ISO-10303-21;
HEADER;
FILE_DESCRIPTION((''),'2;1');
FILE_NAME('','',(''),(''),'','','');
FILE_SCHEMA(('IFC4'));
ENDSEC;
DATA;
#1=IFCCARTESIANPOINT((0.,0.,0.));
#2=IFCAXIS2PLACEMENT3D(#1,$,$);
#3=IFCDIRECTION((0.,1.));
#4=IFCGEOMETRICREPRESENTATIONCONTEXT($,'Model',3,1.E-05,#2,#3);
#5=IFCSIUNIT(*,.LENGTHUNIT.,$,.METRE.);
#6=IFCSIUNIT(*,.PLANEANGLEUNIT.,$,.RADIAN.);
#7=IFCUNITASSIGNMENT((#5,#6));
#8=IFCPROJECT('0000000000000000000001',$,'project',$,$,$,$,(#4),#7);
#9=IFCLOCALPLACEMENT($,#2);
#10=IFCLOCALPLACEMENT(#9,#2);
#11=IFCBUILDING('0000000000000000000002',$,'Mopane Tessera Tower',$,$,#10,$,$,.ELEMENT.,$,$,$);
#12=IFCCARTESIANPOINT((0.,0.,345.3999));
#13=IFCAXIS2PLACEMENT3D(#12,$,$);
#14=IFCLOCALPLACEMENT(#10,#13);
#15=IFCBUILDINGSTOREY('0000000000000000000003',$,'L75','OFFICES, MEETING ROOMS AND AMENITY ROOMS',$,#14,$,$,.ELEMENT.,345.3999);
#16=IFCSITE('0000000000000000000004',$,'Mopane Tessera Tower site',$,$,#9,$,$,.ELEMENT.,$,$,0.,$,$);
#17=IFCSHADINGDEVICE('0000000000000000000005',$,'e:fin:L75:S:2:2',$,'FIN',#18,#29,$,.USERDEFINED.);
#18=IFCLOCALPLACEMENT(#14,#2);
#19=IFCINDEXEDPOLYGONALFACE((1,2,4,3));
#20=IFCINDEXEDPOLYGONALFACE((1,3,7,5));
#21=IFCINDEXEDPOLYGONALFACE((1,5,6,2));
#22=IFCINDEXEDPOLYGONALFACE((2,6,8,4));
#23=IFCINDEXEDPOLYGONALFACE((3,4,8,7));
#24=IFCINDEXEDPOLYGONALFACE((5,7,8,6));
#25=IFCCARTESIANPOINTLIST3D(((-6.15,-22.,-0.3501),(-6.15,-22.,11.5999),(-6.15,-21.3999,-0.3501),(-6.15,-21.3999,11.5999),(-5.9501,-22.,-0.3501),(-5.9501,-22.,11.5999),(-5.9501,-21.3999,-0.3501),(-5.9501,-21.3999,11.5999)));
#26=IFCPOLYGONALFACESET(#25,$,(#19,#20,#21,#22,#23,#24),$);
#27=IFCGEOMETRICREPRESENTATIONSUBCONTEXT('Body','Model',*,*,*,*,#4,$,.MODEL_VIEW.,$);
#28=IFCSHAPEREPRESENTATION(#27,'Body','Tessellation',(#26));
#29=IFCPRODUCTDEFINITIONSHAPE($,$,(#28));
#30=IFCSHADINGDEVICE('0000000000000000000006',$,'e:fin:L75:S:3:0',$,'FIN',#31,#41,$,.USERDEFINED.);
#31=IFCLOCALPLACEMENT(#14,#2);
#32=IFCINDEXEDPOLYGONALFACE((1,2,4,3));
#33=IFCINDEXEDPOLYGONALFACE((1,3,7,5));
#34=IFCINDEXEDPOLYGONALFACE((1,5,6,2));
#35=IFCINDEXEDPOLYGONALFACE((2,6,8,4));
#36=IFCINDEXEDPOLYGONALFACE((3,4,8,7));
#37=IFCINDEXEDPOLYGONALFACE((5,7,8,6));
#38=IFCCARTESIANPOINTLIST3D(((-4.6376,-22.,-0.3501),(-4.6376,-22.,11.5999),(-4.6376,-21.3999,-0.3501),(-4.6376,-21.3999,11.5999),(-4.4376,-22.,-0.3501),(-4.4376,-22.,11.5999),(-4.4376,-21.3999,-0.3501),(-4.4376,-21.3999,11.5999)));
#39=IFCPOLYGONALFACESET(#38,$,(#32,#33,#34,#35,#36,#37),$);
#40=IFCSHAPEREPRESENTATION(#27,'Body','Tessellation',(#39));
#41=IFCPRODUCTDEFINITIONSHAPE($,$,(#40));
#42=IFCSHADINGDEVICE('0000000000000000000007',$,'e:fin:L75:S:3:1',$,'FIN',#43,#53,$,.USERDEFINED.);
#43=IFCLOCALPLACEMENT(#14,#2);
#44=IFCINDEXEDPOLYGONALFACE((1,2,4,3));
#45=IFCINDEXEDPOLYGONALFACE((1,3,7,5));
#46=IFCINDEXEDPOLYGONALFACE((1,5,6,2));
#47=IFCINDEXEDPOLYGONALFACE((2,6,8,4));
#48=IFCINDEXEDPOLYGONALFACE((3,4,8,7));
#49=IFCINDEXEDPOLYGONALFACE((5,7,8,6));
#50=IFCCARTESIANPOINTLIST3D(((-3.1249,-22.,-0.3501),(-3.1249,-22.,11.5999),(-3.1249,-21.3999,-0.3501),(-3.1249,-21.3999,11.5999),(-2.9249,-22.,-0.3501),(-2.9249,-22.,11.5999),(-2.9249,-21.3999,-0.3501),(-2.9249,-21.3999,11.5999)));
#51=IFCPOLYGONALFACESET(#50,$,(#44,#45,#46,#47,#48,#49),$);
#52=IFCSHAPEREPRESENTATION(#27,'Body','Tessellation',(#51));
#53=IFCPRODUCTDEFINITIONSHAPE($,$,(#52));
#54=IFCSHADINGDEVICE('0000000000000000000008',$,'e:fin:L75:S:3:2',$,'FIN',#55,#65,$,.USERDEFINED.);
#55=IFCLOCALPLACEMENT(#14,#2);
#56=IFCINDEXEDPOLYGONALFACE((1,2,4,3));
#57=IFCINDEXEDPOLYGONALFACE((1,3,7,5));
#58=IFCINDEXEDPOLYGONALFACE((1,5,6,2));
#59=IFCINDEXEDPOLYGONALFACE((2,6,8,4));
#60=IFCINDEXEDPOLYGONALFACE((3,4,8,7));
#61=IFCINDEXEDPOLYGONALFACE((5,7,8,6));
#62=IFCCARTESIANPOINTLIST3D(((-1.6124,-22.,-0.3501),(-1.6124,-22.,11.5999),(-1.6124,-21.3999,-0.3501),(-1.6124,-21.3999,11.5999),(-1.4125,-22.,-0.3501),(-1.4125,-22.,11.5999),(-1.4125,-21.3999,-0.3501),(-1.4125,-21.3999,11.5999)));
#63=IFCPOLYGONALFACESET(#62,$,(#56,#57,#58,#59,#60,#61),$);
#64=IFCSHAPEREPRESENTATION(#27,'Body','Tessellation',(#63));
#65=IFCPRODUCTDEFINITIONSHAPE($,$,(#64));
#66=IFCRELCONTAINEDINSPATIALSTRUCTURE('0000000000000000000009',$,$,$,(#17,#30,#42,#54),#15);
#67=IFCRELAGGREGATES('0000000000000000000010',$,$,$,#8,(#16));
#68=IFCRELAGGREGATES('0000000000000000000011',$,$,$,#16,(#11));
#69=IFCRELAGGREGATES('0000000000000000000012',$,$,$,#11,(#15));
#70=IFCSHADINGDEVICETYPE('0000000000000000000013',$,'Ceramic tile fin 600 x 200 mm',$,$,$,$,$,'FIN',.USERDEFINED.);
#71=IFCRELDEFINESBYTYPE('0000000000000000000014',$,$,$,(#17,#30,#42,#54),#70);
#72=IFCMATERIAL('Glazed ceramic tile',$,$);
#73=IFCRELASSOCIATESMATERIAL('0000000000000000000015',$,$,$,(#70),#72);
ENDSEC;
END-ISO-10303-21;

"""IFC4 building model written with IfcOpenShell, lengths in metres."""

from ifc_helpers import new_model, si_unit, direction, frame, origin, origin_2d, place, context, subcontext, project, spatial, rectangle, extrude, material, type_object, element, save


model = new_model("IFC4")

# Units and contexts
model_context = context("Model", 3, precision=1e-05, world=origin(), true_north=direction((0.0, 1.0)))
body_context = subcontext(model_context, "Body", "Model", "MODEL_VIEW")
ifc_project = project(units=[si_unit("LENGTHUNIT", "METRE"), si_unit("PLANEANGLEUNIT", "RADIAN")], contexts=[model_context])

# Site, building, storey
site_placement = place(None, origin())
site = spatial("IfcSite", under=ifc_project, at=site_placement, Name="Mopane Tessera Tower site", CompositionType="ELEMENT", RefElevation=0.0)
building_placement = place(site_placement, origin())
building = spatial("IfcBuilding", under=site, at=building_placement, Name="Mopane Tessera Tower", CompositionType="ELEMENT")
storey_placement = place(building_placement, frame((0.0, 0.0, 345.3999)))
storey = spatial("IfcBuildingStorey", under=building, at=storey_placement, Name="L75", Description="OFFICES, MEETING ROOMS AND AMENITY ROOMS", CompositionType="ELEMENT", Elevation=345.3999)

# Shading devices
ifc_material_1 = material(Name="Glazed ceramic tile")
shading_device_type = type_object("IfcShadingDeviceType", Name="Ceramic tile fin 600 x 200 mm", ElementType="FIN", PredefinedType="USERDEFINED", material=ifc_material_1)
for number, where, z_axis, x_axis, name in (
    (1, (-6.05, -21.7, -0.3501), (0.0, 0.0, 1.0), (1.0, 0.0, 0.0), "e:fin:L75:S:2:2"),
    (2, (-4.5376, -21.7, -0.3501), (0.0, 0.0, 1.0), (1.0, 0.0, 0.0), "e:fin:L75:S:3:0"),
    (3, (-3.0249, -21.7, -0.3501), (0.0, 0.0, 1.0), (1.0, 0.0, 0.0), "e:fin:L75:S:3:1"),
    (4, (-1.5125, -21.7, -0.3501), (0.0, 0.0, 1.0), (1.0, 0.0, 0.0), "e:fin:L75:S:3:2"),
):
    element("IfcShadingDevice", number, at=place(storey_placement, frame(where, z_axis=z_axis, x_axis=x_axis)), inside=storey, type_object=shading_device_type, Name=name, ObjectType="FIN", PredefinedType="USERDEFINED", context=body_context, shape_type="SweptSolid", body=[
        extrude(rectangle(XDim=0.2, YDim=0.6001, at=origin_2d()), origin(), (0.0, 0.0, 1.0), 11.95),
    ])

save(model, "model.ifc")
